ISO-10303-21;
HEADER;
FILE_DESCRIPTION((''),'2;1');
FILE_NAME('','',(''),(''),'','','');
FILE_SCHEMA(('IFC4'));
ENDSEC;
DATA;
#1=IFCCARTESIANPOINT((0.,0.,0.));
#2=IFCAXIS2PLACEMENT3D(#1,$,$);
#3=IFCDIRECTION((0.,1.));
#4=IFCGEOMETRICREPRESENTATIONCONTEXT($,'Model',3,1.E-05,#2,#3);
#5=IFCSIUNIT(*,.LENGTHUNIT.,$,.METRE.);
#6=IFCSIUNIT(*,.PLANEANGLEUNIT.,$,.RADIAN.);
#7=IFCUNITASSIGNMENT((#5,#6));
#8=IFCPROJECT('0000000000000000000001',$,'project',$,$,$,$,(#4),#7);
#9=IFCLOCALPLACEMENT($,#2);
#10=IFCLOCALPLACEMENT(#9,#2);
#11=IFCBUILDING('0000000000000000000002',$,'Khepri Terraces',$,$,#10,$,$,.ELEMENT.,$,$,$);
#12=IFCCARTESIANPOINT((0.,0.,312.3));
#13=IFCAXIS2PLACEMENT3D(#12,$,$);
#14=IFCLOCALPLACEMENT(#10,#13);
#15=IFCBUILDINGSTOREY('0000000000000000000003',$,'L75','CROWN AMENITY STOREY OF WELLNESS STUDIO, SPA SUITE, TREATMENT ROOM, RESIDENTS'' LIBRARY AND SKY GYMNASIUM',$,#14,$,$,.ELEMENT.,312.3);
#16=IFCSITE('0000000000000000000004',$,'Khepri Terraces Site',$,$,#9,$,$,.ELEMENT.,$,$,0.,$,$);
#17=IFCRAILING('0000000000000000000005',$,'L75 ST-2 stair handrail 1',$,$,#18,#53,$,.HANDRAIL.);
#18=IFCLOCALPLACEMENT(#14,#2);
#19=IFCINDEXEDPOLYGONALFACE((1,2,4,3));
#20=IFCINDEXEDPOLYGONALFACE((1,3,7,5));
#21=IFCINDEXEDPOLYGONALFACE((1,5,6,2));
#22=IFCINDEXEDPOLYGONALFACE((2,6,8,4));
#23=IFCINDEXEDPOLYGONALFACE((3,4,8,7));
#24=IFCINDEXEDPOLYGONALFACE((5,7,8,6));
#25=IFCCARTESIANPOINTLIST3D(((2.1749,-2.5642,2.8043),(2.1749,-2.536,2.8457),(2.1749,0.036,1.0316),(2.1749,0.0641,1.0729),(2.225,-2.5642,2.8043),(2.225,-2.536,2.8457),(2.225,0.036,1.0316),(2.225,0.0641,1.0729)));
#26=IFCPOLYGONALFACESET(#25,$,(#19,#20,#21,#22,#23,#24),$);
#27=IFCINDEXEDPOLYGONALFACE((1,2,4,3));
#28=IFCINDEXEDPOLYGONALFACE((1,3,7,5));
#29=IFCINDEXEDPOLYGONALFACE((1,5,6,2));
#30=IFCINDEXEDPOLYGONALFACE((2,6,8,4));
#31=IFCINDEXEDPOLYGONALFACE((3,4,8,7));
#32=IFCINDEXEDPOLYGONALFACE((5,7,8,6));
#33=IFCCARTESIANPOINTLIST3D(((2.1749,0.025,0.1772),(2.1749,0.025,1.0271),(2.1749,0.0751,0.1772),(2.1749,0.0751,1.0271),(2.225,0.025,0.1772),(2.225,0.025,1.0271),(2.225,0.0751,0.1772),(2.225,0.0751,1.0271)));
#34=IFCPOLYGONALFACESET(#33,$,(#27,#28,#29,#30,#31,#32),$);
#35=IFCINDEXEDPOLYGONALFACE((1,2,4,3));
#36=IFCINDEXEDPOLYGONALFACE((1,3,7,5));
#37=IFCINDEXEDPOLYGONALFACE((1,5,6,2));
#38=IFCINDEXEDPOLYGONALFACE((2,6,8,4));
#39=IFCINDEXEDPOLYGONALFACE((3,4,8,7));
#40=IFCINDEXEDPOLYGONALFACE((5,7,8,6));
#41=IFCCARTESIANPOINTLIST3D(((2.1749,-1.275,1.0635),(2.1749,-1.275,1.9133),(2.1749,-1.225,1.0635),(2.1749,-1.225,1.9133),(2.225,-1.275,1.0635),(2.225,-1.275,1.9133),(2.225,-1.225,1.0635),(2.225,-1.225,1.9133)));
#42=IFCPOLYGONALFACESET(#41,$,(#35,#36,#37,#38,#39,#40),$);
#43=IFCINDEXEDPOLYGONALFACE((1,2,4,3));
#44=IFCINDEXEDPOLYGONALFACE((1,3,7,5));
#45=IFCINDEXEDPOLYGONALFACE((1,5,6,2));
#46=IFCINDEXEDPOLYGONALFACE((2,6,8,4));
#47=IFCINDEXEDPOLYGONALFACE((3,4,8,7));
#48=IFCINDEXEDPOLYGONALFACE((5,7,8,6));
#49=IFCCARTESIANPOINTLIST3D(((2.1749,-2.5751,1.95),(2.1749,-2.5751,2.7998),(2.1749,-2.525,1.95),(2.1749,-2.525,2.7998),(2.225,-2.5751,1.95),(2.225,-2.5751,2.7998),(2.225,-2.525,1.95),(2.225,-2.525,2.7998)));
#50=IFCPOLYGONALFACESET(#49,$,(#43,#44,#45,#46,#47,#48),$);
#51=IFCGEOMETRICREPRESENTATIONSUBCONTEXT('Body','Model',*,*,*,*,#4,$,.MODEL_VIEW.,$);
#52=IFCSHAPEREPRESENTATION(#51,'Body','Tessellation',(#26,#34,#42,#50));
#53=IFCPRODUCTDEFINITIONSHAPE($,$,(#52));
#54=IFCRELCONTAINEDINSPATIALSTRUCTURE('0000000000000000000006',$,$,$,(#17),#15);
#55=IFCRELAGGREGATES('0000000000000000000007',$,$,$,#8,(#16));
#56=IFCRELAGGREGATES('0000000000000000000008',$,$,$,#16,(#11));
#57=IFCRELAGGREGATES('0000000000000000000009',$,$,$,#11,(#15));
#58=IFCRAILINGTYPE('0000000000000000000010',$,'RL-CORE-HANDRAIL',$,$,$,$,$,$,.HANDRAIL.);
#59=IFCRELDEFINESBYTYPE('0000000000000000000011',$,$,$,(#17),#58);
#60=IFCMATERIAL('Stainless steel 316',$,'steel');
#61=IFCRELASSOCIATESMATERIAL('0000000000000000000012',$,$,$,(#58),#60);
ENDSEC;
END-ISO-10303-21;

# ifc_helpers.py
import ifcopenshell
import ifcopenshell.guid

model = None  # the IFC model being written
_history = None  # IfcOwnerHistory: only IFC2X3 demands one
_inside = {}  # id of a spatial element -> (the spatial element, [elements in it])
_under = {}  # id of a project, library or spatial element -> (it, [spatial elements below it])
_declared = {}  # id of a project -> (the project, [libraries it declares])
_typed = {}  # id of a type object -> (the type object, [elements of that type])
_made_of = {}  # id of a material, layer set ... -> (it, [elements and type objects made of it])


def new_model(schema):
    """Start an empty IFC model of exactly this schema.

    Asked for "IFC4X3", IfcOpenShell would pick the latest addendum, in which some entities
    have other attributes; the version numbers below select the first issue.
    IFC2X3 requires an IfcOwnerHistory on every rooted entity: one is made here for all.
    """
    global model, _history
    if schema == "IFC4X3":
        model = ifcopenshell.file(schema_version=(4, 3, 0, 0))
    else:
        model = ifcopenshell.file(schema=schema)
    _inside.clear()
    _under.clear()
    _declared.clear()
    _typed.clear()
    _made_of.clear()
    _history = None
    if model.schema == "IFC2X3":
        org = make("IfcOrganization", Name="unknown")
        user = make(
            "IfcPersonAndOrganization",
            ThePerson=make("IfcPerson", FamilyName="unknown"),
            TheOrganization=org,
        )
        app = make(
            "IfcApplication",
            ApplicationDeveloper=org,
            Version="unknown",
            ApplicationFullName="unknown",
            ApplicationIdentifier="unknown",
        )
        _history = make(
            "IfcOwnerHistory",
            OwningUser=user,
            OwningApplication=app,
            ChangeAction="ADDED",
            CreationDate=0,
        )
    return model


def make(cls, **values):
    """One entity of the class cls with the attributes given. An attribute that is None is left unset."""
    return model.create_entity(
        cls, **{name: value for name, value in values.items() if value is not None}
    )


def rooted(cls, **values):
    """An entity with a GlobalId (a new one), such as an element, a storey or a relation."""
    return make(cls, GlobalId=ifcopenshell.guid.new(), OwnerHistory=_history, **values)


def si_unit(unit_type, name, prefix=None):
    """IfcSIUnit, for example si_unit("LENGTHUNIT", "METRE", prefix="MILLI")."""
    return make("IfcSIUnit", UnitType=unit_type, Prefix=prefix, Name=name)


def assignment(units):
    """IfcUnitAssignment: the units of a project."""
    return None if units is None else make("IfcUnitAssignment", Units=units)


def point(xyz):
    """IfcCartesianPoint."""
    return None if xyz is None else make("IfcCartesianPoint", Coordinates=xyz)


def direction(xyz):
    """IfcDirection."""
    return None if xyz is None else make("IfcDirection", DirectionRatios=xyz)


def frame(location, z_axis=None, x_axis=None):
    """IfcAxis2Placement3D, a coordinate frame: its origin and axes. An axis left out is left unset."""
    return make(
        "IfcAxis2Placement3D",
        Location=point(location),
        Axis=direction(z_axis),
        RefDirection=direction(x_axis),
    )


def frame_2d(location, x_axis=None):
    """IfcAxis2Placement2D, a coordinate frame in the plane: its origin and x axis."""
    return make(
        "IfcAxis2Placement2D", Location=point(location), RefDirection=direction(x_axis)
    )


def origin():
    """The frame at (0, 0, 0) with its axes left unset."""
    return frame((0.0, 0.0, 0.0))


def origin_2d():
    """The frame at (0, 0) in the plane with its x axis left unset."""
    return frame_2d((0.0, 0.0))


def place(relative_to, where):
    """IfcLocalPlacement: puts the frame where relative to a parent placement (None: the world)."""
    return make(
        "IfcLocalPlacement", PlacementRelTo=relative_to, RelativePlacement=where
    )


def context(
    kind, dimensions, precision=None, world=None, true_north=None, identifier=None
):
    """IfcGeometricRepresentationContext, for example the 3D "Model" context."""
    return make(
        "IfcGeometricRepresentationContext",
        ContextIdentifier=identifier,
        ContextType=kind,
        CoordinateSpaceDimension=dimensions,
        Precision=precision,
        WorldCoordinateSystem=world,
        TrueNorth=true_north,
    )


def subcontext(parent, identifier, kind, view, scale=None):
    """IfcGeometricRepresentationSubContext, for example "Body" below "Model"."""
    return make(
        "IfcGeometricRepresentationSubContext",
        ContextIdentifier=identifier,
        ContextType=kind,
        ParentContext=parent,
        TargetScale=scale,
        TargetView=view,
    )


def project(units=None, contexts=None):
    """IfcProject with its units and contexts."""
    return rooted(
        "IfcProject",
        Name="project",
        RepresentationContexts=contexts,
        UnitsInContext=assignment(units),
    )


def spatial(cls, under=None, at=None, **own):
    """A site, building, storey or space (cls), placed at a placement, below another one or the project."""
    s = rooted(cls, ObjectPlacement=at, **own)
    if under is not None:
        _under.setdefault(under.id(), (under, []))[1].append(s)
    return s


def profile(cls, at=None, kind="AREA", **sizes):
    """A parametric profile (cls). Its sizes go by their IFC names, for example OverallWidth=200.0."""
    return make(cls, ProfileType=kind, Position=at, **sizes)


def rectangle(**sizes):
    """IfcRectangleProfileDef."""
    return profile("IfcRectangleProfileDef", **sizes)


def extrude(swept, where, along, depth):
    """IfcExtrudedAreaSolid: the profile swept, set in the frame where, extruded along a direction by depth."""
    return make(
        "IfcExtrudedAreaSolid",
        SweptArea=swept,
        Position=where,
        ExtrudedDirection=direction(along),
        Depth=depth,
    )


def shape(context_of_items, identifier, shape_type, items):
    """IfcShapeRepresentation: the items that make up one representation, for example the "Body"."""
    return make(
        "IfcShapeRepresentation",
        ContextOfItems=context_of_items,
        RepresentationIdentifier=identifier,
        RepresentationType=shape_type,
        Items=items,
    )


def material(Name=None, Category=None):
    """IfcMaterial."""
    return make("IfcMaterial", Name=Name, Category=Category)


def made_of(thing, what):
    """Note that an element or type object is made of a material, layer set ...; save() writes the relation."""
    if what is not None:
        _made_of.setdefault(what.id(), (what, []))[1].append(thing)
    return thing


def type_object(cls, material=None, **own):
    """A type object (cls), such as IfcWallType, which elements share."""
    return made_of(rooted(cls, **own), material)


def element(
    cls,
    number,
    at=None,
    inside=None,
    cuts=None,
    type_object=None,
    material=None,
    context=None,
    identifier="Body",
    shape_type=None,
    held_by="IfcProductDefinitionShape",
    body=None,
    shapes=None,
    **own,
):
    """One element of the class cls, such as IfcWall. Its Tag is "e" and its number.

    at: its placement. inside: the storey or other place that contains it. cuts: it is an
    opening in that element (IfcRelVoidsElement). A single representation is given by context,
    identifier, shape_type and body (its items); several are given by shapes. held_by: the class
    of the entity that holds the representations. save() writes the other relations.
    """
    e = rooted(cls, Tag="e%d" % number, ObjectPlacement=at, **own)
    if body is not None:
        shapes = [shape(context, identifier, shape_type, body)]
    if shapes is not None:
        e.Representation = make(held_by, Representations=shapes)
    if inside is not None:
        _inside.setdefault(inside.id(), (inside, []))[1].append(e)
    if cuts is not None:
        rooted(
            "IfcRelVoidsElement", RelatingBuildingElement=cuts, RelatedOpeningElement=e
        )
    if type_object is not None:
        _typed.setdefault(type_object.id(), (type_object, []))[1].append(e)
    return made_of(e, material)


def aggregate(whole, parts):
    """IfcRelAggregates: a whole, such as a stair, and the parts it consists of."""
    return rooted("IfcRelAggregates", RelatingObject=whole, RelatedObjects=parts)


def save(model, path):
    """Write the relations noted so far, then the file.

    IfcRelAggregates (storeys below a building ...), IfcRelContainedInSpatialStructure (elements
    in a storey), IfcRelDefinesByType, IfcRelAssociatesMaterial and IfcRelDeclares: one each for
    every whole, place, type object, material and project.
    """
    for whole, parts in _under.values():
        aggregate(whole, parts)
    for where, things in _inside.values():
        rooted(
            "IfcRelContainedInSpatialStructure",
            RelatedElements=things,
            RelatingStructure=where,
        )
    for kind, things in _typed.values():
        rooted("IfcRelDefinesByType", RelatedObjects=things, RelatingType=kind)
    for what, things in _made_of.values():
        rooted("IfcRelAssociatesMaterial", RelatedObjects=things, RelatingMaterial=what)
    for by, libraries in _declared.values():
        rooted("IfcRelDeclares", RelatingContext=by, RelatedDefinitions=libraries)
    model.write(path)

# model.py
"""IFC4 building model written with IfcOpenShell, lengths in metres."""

from ifc_helpers import new_model, si_unit, direction, frame, origin, origin_2d, place, context, subcontext, project, spatial, rectangle, extrude, material, type_object, element, save


model = new_model("IFC4")

# Units and contexts
model_context = context("Model", 3, precision=1e-05, world=origin(), true_north=direction((0.0, 1.0)))
body_context = subcontext(model_context, "Body", "Model", "MODEL_VIEW")
ifc_project = project(units=[si_unit("LENGTHUNIT", "METRE"), si_unit("PLANEANGLEUNIT", "RADIAN")], contexts=[model_context])

# Site, building, storey
site_placement = place(None, origin())
site = spatial("IfcSite", under=ifc_project, at=site_placement, Name="Khepri Terraces Site", CompositionType="ELEMENT", RefElevation=0.0)
building_placement = place(site_placement, origin())
building = spatial("IfcBuilding", under=site, at=building_placement, Name="Khepri Terraces", CompositionType="ELEMENT")
storey_placement = place(building_placement, frame((0.0, 0.0, 312.3)))
storey = spatial("IfcBuildingStorey", under=building, at=storey_placement, Name="L75", Description="CROWN AMENITY STOREY OF WELLNESS STUDIO, SPA SUITE, TREATMENT ROOM, RESIDENTS' LIBRARY AND SKY GYMNASIUM", CompositionType="ELEMENT", Elevation=312.3)

# Railing
ifc_material_1 = material(Name="Stainless steel 316", Category="steel")
railing_type_1 = type_object("IfcRailingType", Name="RL-CORE-HANDRAIL", PredefinedType="HANDRAIL", material=ifc_material_1)
railing_1_placement = place(storey_placement, frame((2.2, 0.05, 0.1772)))
element("IfcRailing", 1, at=railing_1_placement, inside=storey, type_object=railing_type_1, Name="L75 ST-2 stair handrail 1", PredefinedType="HANDRAIL", context=body_context, shape_type="SweptSolid", body=[
    extrude(rectangle(XDim=0.05, YDim=0.05, at=origin_2d()), frame((0.0, 0.0, 0.875), z_axis=(0.0, -0.82624, 0.563318), x_axis=(1.0, 0.0, 0.0)), (0.0, 0.0, 1.0), 3.147),
    extrude(rectangle(XDim=0.05, YDim=0.05, at=origin_2d()), origin(), (0.0, 0.0, 1.0), 0.8499),
    extrude(rectangle(XDim=0.05, YDim=0.05, at=origin_2d()), frame((0.0, -1.3, 0.8862)), (0.0, 0.0, 1.0), 0.8499),
    extrude(rectangle(XDim=0.05, YDim=0.05, at=origin_2d()), frame((0.0, -2.6001, 1.7727)), (0.0, 0.0, 1.0), 0.8499),
])

save(model, "model.ifc")
